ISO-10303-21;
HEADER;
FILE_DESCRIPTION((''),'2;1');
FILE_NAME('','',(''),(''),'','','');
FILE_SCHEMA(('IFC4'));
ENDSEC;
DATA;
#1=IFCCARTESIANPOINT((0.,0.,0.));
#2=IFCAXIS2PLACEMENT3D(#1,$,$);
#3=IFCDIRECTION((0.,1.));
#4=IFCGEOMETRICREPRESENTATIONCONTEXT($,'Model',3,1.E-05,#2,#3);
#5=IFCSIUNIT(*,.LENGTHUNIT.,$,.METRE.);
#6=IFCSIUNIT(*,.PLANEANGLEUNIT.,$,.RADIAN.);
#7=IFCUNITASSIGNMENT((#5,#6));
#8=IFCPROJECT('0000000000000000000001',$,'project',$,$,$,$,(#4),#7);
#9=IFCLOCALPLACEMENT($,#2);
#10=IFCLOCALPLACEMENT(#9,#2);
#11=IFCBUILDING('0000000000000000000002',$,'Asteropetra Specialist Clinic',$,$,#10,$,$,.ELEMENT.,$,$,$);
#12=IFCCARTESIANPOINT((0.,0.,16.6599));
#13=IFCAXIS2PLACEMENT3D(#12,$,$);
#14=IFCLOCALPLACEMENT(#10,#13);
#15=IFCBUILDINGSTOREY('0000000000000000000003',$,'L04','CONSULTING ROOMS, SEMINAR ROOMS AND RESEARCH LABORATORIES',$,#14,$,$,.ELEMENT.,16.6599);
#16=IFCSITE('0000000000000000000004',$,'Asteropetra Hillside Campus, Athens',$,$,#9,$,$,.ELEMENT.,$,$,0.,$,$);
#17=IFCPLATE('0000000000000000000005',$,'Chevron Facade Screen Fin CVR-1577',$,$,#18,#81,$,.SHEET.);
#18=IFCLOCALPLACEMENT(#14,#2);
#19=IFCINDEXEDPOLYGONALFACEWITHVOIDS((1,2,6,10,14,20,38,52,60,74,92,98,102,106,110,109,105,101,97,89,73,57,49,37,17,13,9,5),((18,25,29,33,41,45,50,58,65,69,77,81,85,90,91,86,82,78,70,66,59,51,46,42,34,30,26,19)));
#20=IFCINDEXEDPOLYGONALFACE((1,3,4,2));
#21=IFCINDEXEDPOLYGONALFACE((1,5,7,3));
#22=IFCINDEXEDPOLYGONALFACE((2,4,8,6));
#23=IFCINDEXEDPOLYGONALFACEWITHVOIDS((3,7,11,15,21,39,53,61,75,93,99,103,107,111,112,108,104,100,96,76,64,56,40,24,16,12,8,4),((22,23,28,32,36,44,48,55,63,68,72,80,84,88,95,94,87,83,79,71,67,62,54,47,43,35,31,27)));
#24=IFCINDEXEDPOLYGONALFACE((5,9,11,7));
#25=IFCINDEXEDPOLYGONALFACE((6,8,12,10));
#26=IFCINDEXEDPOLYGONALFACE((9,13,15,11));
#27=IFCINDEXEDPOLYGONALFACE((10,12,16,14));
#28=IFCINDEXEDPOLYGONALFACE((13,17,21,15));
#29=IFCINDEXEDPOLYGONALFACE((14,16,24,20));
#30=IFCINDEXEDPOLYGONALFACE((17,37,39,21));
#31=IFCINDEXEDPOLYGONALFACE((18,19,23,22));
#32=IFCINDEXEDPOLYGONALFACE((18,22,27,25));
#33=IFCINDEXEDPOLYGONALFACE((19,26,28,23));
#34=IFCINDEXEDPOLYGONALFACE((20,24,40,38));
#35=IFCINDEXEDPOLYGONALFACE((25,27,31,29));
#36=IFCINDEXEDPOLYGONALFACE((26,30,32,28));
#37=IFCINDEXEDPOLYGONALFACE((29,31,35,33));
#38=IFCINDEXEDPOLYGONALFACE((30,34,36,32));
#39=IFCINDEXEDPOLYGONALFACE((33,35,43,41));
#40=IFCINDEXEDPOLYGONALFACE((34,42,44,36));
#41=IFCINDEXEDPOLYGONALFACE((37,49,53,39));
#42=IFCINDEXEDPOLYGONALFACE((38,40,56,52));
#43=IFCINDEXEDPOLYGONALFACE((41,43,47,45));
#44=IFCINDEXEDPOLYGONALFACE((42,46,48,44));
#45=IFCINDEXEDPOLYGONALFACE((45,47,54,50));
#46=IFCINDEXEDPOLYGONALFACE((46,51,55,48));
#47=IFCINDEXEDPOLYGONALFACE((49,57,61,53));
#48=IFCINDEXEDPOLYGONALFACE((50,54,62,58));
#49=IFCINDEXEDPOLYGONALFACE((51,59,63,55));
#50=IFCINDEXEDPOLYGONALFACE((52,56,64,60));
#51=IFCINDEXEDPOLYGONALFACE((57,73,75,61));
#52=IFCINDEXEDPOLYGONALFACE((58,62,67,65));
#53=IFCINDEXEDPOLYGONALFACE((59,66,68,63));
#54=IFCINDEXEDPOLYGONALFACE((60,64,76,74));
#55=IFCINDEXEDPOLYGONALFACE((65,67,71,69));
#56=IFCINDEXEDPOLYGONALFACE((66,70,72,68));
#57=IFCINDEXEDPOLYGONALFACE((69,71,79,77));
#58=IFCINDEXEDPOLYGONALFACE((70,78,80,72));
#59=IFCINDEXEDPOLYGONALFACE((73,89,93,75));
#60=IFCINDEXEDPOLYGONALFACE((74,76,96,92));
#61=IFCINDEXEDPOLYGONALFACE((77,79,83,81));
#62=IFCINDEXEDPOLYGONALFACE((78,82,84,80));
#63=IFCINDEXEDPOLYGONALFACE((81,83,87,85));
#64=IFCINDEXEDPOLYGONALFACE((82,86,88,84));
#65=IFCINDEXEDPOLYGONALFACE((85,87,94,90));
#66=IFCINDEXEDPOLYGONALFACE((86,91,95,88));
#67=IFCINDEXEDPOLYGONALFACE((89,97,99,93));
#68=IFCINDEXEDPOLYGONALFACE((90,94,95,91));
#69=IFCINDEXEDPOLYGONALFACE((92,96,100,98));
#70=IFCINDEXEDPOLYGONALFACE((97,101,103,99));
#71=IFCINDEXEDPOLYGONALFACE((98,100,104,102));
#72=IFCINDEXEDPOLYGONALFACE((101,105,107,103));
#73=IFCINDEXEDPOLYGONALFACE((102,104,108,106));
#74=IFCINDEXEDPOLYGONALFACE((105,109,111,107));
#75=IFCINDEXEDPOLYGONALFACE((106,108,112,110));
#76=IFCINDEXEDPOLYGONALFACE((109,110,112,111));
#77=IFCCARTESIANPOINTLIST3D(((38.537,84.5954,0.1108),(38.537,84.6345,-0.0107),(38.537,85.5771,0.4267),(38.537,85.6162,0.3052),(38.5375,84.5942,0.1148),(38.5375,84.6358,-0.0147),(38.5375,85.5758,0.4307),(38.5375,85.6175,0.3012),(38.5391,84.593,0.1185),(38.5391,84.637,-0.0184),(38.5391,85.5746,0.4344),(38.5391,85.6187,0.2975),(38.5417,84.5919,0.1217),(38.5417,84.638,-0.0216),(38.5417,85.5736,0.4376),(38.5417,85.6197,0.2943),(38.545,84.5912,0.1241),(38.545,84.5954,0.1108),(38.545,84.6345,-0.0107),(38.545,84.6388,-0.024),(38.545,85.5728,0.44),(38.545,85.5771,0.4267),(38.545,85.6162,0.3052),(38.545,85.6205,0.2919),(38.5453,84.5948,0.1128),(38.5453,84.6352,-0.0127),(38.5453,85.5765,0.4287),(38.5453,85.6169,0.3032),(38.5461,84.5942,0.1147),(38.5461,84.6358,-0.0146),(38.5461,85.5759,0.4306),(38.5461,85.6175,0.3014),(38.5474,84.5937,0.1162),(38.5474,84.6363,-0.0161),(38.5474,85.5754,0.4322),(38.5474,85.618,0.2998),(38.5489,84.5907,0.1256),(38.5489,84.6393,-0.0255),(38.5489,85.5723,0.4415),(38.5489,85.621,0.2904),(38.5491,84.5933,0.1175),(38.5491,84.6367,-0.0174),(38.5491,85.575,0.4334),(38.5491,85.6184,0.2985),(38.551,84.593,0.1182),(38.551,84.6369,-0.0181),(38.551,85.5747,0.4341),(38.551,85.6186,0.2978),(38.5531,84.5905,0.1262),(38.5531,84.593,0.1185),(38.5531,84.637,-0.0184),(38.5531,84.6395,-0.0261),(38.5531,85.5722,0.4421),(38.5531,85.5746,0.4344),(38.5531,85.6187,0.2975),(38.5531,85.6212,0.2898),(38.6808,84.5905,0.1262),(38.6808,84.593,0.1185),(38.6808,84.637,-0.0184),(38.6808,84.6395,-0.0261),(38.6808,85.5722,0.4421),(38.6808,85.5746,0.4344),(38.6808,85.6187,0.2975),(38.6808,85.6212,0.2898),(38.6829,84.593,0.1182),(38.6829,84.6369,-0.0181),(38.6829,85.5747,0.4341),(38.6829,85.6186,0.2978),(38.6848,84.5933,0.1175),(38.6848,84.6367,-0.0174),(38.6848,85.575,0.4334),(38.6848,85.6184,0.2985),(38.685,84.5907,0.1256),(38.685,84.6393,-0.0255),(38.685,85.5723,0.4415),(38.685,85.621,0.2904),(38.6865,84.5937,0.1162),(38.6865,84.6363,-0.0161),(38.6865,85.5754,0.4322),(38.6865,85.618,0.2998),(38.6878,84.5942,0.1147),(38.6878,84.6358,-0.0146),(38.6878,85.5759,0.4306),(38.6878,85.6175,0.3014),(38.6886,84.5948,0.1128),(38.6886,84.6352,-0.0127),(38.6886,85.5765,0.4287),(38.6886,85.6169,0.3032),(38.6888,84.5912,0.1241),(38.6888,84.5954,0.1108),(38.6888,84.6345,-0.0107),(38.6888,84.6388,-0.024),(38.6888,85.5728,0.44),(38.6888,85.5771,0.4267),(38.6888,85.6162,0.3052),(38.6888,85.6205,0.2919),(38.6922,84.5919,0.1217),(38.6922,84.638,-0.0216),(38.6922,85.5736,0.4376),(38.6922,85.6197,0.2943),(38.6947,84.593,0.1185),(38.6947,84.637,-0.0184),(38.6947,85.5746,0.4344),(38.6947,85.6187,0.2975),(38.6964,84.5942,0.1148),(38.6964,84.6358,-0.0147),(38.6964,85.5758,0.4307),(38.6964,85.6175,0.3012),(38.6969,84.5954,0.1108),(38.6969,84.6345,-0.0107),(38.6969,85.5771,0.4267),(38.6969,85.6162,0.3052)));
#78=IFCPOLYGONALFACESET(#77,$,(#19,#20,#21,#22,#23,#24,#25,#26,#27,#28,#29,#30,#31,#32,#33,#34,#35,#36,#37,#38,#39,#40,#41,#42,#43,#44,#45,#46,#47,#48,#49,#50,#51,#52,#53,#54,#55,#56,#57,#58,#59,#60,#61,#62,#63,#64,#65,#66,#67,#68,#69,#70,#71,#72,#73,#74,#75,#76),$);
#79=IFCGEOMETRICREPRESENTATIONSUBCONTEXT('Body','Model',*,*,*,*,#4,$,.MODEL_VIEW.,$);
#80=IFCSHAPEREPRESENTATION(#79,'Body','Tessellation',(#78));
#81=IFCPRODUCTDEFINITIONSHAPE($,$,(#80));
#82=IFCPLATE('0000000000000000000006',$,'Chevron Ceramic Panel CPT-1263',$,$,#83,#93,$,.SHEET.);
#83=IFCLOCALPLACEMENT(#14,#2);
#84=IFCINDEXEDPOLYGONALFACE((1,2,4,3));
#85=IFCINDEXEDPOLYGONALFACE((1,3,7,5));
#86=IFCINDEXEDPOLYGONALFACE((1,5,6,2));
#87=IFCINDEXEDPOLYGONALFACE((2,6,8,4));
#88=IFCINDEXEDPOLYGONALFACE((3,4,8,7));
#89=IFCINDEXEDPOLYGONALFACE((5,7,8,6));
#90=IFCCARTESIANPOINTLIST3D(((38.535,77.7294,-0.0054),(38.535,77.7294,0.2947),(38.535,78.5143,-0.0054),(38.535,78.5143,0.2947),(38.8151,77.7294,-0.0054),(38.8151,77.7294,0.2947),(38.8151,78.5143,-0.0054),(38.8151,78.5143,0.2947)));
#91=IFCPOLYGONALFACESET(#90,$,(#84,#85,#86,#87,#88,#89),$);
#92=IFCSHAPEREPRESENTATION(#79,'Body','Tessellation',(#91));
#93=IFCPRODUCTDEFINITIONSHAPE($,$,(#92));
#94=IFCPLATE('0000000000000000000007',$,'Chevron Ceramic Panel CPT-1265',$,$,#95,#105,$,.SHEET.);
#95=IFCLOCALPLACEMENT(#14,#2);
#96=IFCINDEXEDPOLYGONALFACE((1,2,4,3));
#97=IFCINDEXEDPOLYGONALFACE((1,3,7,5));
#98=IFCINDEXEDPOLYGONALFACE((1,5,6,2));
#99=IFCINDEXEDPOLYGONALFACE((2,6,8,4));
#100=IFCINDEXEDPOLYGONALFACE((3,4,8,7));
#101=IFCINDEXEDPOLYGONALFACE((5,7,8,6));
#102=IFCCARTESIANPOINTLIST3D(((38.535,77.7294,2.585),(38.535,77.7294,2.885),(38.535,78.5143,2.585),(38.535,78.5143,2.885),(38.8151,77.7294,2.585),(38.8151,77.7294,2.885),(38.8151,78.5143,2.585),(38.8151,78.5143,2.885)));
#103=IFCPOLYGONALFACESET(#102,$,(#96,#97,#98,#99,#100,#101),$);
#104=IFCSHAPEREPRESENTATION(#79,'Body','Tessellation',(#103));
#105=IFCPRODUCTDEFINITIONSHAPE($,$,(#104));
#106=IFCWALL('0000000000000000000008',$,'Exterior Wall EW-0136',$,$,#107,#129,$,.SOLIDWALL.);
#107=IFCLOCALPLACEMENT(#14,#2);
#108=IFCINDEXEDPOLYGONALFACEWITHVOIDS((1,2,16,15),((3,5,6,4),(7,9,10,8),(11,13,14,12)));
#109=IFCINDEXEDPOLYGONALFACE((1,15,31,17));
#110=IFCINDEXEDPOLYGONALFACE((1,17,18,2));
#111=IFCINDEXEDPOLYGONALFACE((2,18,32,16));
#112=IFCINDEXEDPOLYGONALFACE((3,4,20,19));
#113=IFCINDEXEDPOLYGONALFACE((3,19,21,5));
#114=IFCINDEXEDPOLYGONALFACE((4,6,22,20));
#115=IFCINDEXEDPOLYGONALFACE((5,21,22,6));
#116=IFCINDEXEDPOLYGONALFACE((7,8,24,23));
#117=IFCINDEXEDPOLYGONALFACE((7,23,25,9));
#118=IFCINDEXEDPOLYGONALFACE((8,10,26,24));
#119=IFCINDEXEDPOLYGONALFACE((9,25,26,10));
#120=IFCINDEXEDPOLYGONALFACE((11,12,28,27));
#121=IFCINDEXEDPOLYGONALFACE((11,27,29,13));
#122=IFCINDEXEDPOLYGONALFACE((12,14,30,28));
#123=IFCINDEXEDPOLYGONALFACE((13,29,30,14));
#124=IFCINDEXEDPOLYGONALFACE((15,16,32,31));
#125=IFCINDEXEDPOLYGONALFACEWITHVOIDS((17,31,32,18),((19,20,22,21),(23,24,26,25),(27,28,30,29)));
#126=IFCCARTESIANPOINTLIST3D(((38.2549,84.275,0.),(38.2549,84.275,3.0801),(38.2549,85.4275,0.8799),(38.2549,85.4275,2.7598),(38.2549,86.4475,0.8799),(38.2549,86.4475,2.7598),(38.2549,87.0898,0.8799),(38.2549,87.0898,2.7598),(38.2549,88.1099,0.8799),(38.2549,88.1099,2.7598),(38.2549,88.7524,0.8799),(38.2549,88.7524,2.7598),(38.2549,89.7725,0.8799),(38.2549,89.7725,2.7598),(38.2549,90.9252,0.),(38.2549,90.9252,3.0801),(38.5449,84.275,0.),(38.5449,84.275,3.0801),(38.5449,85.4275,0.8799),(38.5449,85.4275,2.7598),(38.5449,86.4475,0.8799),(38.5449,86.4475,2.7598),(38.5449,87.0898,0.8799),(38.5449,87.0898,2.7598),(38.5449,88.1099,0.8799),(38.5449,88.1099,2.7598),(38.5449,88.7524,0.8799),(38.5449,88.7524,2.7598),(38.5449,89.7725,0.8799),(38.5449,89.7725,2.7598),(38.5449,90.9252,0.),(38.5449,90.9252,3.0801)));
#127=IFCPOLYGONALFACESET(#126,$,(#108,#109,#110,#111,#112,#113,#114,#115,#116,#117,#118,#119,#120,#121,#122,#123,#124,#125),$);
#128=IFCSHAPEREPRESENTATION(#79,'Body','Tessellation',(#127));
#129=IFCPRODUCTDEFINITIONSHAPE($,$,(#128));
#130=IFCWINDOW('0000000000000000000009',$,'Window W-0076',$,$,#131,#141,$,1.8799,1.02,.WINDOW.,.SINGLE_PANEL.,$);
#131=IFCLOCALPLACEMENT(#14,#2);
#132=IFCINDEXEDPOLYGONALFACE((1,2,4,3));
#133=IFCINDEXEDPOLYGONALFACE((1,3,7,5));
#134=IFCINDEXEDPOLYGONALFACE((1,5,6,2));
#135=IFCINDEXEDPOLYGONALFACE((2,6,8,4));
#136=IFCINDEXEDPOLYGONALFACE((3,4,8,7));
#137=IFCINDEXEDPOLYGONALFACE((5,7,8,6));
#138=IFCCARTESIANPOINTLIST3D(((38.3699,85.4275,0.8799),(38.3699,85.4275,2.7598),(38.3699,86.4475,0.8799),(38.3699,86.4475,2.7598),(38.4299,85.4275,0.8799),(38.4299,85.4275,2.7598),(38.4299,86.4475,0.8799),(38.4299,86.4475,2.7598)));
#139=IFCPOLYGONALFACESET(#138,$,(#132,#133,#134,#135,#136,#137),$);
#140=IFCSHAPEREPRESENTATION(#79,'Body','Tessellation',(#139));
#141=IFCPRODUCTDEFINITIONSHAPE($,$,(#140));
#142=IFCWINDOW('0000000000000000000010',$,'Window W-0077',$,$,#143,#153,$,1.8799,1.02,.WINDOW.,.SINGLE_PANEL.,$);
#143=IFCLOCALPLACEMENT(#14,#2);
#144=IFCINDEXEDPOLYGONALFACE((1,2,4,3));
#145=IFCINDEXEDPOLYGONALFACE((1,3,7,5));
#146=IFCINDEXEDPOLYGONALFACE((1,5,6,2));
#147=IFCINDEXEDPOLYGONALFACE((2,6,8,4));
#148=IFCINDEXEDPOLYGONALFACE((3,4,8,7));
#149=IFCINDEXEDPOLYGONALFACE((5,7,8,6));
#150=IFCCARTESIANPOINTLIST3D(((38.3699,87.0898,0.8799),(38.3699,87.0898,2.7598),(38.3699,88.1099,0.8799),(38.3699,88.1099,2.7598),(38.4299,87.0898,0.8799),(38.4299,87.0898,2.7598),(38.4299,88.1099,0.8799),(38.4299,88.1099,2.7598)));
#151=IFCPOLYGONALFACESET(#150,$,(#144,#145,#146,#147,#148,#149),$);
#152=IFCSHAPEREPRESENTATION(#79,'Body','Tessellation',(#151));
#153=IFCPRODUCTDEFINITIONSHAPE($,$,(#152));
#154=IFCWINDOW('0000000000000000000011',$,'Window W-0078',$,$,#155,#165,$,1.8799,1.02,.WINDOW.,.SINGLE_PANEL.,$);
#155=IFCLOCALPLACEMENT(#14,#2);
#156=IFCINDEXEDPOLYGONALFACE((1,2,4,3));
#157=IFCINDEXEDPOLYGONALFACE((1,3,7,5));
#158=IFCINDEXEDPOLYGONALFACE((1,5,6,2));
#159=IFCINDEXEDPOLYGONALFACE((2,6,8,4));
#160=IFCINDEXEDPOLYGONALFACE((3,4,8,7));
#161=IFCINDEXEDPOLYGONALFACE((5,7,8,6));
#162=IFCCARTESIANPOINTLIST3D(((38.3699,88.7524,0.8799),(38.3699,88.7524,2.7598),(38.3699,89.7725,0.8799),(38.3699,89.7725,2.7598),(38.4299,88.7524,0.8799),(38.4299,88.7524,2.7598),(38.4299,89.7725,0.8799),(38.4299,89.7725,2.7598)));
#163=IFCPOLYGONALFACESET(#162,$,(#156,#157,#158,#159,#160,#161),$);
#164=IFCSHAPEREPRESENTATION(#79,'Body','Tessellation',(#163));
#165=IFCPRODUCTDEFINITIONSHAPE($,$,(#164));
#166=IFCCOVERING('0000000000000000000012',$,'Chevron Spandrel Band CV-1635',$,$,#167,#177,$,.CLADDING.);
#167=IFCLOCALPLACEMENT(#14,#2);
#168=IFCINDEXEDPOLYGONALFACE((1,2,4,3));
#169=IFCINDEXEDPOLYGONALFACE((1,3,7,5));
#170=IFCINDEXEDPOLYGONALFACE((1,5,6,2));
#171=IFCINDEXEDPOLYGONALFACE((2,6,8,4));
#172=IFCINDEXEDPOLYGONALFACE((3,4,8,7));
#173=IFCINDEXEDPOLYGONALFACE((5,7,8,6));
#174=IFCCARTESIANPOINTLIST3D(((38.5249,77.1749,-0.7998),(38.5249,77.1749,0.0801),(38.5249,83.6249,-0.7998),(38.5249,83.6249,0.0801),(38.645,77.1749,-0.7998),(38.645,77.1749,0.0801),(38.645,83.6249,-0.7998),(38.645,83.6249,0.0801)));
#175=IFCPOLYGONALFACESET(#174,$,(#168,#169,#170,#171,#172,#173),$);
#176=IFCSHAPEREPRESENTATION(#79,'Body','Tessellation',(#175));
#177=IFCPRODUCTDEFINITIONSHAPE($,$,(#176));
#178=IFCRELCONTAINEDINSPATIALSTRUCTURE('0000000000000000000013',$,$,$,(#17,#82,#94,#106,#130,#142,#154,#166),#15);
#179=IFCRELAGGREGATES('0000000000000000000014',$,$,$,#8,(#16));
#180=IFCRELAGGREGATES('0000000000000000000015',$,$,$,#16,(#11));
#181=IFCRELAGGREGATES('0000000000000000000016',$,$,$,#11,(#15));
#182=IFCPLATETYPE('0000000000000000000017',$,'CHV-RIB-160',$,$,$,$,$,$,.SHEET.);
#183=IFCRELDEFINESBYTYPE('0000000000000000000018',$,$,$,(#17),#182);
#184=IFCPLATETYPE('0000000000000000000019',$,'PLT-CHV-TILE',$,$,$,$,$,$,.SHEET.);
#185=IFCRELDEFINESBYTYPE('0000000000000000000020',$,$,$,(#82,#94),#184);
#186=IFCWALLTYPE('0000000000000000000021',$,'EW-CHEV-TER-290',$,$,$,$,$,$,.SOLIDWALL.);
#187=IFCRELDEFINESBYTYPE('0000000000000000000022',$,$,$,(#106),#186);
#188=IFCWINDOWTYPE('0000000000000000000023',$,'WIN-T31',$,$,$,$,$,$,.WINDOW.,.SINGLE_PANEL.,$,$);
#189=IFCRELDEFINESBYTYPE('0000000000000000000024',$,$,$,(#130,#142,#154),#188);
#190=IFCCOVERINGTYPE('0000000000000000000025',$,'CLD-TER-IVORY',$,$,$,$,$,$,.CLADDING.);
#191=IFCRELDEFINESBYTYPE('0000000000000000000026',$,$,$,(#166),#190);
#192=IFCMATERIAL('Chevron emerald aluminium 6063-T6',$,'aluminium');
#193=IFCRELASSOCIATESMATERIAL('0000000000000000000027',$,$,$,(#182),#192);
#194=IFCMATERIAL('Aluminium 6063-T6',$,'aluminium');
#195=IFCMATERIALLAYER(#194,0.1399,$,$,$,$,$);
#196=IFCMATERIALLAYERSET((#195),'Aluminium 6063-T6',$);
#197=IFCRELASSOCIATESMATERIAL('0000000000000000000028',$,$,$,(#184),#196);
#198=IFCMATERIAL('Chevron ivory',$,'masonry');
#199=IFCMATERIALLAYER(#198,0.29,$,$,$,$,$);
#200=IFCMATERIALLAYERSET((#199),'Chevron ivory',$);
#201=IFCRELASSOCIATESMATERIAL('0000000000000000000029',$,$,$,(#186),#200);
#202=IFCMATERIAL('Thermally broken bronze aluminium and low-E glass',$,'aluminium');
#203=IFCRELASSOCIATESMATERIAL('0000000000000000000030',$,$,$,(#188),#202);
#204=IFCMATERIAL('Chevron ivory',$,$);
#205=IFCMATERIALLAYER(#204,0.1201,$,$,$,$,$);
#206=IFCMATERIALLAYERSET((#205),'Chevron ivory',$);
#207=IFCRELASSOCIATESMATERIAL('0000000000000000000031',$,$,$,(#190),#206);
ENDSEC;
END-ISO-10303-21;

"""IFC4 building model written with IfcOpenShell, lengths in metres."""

from ifc_helpers import new_model, si_unit, direction, frame, frame_2d, origin, origin_2d, place, context, subcontext, project, spatial, rectangle, hollow_rectangle, extrude, material, layer, layer_set, material_profile, profile_set, type_object, element, fill, save


model = new_model("IFC4")

# Units and contexts
model_context = context("Model", 3, precision=1e-05, world=origin(), true_north=direction((0.0, 1.0)))
body_context = subcontext(model_context, "Body", "Model", "MODEL_VIEW")
ifc_project = project(units=[si_unit("LENGTHUNIT", "METRE"), si_unit("PLANEANGLEUNIT", "RADIAN")], contexts=[model_context])

# Site, building, storey
site_placement = place(None, origin())
site = spatial("IfcSite", under=ifc_project, at=site_placement, Name="Asteropetra Hillside Campus, Athens", CompositionType="ELEMENT", RefElevation=0.0)
building_placement = place(site_placement, origin())
building = spatial("IfcBuilding", under=site, at=building_placement, Name="Asteropetra Specialist Clinic", CompositionType="ELEMENT")
storey_placement = place(building_placement, frame((0.0, 0.0, 16.6599)))
storey = spatial("IfcBuildingStorey", under=building, at=storey_placement, Name="L04", Description="CONSULTING ROOMS, SEMINAR ROOMS AND RESEARCH LABORATORIES", CompositionType="ELEMENT", Elevation=16.6599)

# Plates
ifc_material_1 = material(Name="Chevron emerald aluminium 6063-T6", Category="aluminium")
ifc_material_profile = material_profile(ifc_material_1, hollow_rectangle(XDim=0.1599, YDim=0.1599, WallThickness=0.0081, InnerFilletRadius=0.0081, OuterFilletRadius=0.0161, at=origin_2d()), Name="SHS 160x160x8.0")
ifc_profile_set = profile_set([ifc_material_profile], Name="Chevron emerald aluminium 6063-T6")
plate_type_1 = type_object("IfcPlateType", Name="CHV-RIB-160", PredefinedType="SHEET", material=ifc_profile_set)
for number, where, z_axis, x_axis, name in (
    (1, (38.6169, 84.615, 0.05), (0.0, 0.951923, 0.306339), (-1.0, 0.0, 0.0), "Chevron Facade Screen Fin CVR-1577"),
):
    element("IfcPlate", number, at=place(storey_placement, frame(where, z_axis=z_axis, x_axis=x_axis)), inside=storey, type_object=plate_type_1, Name=name, PredefinedType="SHEET", context=body_context, shape_type="SweptSolid", body=[
        extrude(hollow_rectangle(XDim=0.1599, YDim=0.1599, WallThickness=0.0081, InnerFilletRadius=0.0081, OuterFilletRadius=0.0161, at=origin_2d()), origin(), (0.0, 0.0, 1.0), 1.0312),
    ])
ifc_material_2 = material(Name="Aluminium 6063-T6", Category="aluminium")
ifc_layer_1 = layer(ifc_material_2, 0.1399)
ifc_layer_set_1 = layer_set([ifc_layer_1], Name="Aluminium 6063-T6")
plate_type_2 = type_object("IfcPlateType", Name="PLT-CHV-TILE", PredefinedType="SHEET", material=ifc_layer_set_1)
for number, where, z_axis, x_axis, name in (
    (2, (38.675, 78.1218, -0.0054), (0.0, 0.0, 1.0), (1.0, 0.0, 0.0), "Chevron Ceramic Panel CPT-1263"),
    (3, (38.675, 78.1218, 2.585), (0.0, 0.0, 1.0), (1.0, 0.0, 0.0), "Chevron Ceramic Panel CPT-1265"),
):
    element("IfcPlate", number, at=place(storey_placement, frame(where, z_axis=z_axis, x_axis=x_axis)), inside=storey, type_object=plate_type_2, Name=name, PredefinedType="SHEET", context=body_context, shape_type="SweptSolid", body=[
        extrude(rectangle(XDim=0.28, YDim=0.7849, at=origin_2d()), origin(), (0.0, 0.0, 1.0), 0.3),
    ])

# Wall, openings, windows
ifc_material_3 = material(Name="Chevron ivory", Category="masonry")
ifc_layer_2 = layer(ifc_material_3, 0.29)
ifc_layer_set_2 = layer_set([ifc_layer_2], Name="Chevron ivory")
wall_type = type_object("IfcWallType", Name="EW-CHEV-TER-290", PredefinedType="SOLIDWALL", material=ifc_layer_set_2)
wall_placement = place(storey_placement, frame((38.3999, 84.2749, 0.0), z_axis=(0.0, 0.0, 1.0), x_axis=(0.0, 1.0, 0.0)))
wall = element("IfcWall", 4, at=wall_placement, inside=storey, type_object=wall_type, Name="Exterior Wall EW-0136", PredefinedType="SOLIDWALL", context=body_context, shape_type="SweptSolid", body=[
    extrude(rectangle(XDim=6.6501, YDim=0.29, at=frame_2d((3.3252, 0.0))), origin(), (0.0, 0.0, 1.0), 3.0801),
])
opening_1_placement = place(wall_placement, frame((1.1526, 0.0, 0.8799)))
opening_1 = element("IfcOpeningElement", 5, at=opening_1_placement, cuts=wall, PredefinedType="OPENING", context=body_context, shape_type="SweptSolid", body=[
    extrude(rectangle(XDim=1.02, YDim=1.8799, at=frame_2d((0.51, 0.9399))), frame((0.0, 0.155, 0.0), z_axis=(0.0, -1.0, 0.0), x_axis=(1.0, 0.0, 0.0)), (0.0, 0.0, 1.0), 0.3101),
])
opening_2_placement = place(wall_placement, frame((2.8149, 0.0, 0.8799)))
opening_2 = element("IfcOpeningElement", 6, at=opening_2_placement, cuts=wall, PredefinedType="OPENING", context=body_context, shape_type="SweptSolid", body=[
    extrude(rectangle(XDim=1.02, YDim=1.8799, at=frame_2d((0.51, 0.9399))), frame((0.0, 0.155, 0.0), z_axis=(0.0, -1.0, 0.0), x_axis=(1.0, 0.0, 0.0)), (0.0, 0.0, 1.0), 0.3101),
])
opening_3_placement = place(wall_placement, frame((4.4775, 0.0, 0.8799)))
opening_3 = element("IfcOpeningElement", 7, at=opening_3_placement, cuts=wall, PredefinedType="OPENING", context=body_context, shape_type="SweptSolid", body=[
    extrude(rectangle(XDim=1.02, YDim=1.8799, at=frame_2d((0.51, 0.9399))), frame((0.0, 0.155, 0.0), z_axis=(0.0, -1.0, 0.0), x_axis=(1.0, 0.0, 0.0)), (0.0, 0.0, 1.0), 0.3101),
])
ifc_material_4 = material(Name="Thermally broken bronze aluminium and low-E glass", Category="aluminium")
window_type = type_object("IfcWindowType", Name="WIN-T31", PartitioningType="SINGLE_PANEL", PredefinedType="WINDOW", material=ifc_material_4)
window_1_placement = place(opening_1_placement, origin())
window_1 = element("IfcWindow", 8, at=window_1_placement, inside=storey, type_object=window_type, Name="Window W-0076", OverallHeight=1.8799, OverallWidth=1.02, PartitioningType="SINGLE_PANEL", PredefinedType="WINDOW", context=body_context, shape_type="SweptSolid", body=[
    extrude(rectangle(XDim=1.02, YDim=1.8799, at=frame_2d((0.51, 0.9399))), frame((0.0, 0.03, 0.0), z_axis=(0.0, -1.0, 0.0), x_axis=(1.0, 0.0, 0.0)), (0.0, 0.0, 1.0), 0.0601),
])
fill(opening_1, window_1)
window_2_placement = place(opening_2_placement, origin())
window_2 = element("IfcWindow", 9, at=window_2_placement, inside=storey, type_object=window_type, Name="Window W-0077", OverallHeight=1.8799, OverallWidth=1.02, PartitioningType="SINGLE_PANEL", PredefinedType="WINDOW", context=body_context, shape_type="SweptSolid", body=[
    extrude(rectangle(XDim=1.02, YDim=1.8799, at=frame_2d((0.51, 0.9399))), frame((0.0, 0.03, 0.0), z_axis=(0.0, -1.0, 0.0), x_axis=(1.0, 0.0, 0.0)), (0.0, 0.0, 1.0), 0.0601),
])
fill(opening_2, window_2)
window_3_placement = place(opening_3_placement, origin())
window_3 = element("IfcWindow", 10, at=window_3_placement, inside=storey, type_object=window_type, Name="Window W-0078", OverallHeight=1.8799, OverallWidth=1.02, PartitioningType="SINGLE_PANEL", PredefinedType="WINDOW", context=body_context, shape_type="SweptSolid", body=[
    extrude(rectangle(XDim=1.02, YDim=1.8799, at=frame_2d((0.51, 0.9399))), frame((0.0, 0.03, 0.0), z_axis=(0.0, -1.0, 0.0), x_axis=(1.0, 0.0, 0.0)), (0.0, 0.0, 1.0), 0.0601),
])
fill(opening_3, window_3)

# Covering
ifc_material_5 = material(Name="Chevron ivory")
ifc_layer_3 = layer(ifc_material_5, 0.1201)
ifc_layer_set_3 = layer_set([ifc_layer_3], Name="Chevron ivory")
covering_type_1 = type_object("IfcCoveringType", Name="CLD-TER-IVORY", PredefinedType="CLADDING", material=ifc_layer_set_3)
covering_placement = place(storey_placement, frame((38.585, 80.3999, -0.7998), z_axis=(0.0, 0.0, 1.0), x_axis=(1.0, 0.0, 0.0)))
element("IfcCovering", 11, at=covering_placement, inside=storey, type_object=covering_type_1, Name="Chevron Spandrel Band CV-1635", PredefinedType="CLADDING", context=body_context, shape_type="SweptSolid", body=[
    extrude(rectangle(XDim=0.1201, YDim=6.45, at=origin_2d()), origin(), (0.0, 0.0, 1.0), 0.8799),
])

save(model, "model.ifc")
